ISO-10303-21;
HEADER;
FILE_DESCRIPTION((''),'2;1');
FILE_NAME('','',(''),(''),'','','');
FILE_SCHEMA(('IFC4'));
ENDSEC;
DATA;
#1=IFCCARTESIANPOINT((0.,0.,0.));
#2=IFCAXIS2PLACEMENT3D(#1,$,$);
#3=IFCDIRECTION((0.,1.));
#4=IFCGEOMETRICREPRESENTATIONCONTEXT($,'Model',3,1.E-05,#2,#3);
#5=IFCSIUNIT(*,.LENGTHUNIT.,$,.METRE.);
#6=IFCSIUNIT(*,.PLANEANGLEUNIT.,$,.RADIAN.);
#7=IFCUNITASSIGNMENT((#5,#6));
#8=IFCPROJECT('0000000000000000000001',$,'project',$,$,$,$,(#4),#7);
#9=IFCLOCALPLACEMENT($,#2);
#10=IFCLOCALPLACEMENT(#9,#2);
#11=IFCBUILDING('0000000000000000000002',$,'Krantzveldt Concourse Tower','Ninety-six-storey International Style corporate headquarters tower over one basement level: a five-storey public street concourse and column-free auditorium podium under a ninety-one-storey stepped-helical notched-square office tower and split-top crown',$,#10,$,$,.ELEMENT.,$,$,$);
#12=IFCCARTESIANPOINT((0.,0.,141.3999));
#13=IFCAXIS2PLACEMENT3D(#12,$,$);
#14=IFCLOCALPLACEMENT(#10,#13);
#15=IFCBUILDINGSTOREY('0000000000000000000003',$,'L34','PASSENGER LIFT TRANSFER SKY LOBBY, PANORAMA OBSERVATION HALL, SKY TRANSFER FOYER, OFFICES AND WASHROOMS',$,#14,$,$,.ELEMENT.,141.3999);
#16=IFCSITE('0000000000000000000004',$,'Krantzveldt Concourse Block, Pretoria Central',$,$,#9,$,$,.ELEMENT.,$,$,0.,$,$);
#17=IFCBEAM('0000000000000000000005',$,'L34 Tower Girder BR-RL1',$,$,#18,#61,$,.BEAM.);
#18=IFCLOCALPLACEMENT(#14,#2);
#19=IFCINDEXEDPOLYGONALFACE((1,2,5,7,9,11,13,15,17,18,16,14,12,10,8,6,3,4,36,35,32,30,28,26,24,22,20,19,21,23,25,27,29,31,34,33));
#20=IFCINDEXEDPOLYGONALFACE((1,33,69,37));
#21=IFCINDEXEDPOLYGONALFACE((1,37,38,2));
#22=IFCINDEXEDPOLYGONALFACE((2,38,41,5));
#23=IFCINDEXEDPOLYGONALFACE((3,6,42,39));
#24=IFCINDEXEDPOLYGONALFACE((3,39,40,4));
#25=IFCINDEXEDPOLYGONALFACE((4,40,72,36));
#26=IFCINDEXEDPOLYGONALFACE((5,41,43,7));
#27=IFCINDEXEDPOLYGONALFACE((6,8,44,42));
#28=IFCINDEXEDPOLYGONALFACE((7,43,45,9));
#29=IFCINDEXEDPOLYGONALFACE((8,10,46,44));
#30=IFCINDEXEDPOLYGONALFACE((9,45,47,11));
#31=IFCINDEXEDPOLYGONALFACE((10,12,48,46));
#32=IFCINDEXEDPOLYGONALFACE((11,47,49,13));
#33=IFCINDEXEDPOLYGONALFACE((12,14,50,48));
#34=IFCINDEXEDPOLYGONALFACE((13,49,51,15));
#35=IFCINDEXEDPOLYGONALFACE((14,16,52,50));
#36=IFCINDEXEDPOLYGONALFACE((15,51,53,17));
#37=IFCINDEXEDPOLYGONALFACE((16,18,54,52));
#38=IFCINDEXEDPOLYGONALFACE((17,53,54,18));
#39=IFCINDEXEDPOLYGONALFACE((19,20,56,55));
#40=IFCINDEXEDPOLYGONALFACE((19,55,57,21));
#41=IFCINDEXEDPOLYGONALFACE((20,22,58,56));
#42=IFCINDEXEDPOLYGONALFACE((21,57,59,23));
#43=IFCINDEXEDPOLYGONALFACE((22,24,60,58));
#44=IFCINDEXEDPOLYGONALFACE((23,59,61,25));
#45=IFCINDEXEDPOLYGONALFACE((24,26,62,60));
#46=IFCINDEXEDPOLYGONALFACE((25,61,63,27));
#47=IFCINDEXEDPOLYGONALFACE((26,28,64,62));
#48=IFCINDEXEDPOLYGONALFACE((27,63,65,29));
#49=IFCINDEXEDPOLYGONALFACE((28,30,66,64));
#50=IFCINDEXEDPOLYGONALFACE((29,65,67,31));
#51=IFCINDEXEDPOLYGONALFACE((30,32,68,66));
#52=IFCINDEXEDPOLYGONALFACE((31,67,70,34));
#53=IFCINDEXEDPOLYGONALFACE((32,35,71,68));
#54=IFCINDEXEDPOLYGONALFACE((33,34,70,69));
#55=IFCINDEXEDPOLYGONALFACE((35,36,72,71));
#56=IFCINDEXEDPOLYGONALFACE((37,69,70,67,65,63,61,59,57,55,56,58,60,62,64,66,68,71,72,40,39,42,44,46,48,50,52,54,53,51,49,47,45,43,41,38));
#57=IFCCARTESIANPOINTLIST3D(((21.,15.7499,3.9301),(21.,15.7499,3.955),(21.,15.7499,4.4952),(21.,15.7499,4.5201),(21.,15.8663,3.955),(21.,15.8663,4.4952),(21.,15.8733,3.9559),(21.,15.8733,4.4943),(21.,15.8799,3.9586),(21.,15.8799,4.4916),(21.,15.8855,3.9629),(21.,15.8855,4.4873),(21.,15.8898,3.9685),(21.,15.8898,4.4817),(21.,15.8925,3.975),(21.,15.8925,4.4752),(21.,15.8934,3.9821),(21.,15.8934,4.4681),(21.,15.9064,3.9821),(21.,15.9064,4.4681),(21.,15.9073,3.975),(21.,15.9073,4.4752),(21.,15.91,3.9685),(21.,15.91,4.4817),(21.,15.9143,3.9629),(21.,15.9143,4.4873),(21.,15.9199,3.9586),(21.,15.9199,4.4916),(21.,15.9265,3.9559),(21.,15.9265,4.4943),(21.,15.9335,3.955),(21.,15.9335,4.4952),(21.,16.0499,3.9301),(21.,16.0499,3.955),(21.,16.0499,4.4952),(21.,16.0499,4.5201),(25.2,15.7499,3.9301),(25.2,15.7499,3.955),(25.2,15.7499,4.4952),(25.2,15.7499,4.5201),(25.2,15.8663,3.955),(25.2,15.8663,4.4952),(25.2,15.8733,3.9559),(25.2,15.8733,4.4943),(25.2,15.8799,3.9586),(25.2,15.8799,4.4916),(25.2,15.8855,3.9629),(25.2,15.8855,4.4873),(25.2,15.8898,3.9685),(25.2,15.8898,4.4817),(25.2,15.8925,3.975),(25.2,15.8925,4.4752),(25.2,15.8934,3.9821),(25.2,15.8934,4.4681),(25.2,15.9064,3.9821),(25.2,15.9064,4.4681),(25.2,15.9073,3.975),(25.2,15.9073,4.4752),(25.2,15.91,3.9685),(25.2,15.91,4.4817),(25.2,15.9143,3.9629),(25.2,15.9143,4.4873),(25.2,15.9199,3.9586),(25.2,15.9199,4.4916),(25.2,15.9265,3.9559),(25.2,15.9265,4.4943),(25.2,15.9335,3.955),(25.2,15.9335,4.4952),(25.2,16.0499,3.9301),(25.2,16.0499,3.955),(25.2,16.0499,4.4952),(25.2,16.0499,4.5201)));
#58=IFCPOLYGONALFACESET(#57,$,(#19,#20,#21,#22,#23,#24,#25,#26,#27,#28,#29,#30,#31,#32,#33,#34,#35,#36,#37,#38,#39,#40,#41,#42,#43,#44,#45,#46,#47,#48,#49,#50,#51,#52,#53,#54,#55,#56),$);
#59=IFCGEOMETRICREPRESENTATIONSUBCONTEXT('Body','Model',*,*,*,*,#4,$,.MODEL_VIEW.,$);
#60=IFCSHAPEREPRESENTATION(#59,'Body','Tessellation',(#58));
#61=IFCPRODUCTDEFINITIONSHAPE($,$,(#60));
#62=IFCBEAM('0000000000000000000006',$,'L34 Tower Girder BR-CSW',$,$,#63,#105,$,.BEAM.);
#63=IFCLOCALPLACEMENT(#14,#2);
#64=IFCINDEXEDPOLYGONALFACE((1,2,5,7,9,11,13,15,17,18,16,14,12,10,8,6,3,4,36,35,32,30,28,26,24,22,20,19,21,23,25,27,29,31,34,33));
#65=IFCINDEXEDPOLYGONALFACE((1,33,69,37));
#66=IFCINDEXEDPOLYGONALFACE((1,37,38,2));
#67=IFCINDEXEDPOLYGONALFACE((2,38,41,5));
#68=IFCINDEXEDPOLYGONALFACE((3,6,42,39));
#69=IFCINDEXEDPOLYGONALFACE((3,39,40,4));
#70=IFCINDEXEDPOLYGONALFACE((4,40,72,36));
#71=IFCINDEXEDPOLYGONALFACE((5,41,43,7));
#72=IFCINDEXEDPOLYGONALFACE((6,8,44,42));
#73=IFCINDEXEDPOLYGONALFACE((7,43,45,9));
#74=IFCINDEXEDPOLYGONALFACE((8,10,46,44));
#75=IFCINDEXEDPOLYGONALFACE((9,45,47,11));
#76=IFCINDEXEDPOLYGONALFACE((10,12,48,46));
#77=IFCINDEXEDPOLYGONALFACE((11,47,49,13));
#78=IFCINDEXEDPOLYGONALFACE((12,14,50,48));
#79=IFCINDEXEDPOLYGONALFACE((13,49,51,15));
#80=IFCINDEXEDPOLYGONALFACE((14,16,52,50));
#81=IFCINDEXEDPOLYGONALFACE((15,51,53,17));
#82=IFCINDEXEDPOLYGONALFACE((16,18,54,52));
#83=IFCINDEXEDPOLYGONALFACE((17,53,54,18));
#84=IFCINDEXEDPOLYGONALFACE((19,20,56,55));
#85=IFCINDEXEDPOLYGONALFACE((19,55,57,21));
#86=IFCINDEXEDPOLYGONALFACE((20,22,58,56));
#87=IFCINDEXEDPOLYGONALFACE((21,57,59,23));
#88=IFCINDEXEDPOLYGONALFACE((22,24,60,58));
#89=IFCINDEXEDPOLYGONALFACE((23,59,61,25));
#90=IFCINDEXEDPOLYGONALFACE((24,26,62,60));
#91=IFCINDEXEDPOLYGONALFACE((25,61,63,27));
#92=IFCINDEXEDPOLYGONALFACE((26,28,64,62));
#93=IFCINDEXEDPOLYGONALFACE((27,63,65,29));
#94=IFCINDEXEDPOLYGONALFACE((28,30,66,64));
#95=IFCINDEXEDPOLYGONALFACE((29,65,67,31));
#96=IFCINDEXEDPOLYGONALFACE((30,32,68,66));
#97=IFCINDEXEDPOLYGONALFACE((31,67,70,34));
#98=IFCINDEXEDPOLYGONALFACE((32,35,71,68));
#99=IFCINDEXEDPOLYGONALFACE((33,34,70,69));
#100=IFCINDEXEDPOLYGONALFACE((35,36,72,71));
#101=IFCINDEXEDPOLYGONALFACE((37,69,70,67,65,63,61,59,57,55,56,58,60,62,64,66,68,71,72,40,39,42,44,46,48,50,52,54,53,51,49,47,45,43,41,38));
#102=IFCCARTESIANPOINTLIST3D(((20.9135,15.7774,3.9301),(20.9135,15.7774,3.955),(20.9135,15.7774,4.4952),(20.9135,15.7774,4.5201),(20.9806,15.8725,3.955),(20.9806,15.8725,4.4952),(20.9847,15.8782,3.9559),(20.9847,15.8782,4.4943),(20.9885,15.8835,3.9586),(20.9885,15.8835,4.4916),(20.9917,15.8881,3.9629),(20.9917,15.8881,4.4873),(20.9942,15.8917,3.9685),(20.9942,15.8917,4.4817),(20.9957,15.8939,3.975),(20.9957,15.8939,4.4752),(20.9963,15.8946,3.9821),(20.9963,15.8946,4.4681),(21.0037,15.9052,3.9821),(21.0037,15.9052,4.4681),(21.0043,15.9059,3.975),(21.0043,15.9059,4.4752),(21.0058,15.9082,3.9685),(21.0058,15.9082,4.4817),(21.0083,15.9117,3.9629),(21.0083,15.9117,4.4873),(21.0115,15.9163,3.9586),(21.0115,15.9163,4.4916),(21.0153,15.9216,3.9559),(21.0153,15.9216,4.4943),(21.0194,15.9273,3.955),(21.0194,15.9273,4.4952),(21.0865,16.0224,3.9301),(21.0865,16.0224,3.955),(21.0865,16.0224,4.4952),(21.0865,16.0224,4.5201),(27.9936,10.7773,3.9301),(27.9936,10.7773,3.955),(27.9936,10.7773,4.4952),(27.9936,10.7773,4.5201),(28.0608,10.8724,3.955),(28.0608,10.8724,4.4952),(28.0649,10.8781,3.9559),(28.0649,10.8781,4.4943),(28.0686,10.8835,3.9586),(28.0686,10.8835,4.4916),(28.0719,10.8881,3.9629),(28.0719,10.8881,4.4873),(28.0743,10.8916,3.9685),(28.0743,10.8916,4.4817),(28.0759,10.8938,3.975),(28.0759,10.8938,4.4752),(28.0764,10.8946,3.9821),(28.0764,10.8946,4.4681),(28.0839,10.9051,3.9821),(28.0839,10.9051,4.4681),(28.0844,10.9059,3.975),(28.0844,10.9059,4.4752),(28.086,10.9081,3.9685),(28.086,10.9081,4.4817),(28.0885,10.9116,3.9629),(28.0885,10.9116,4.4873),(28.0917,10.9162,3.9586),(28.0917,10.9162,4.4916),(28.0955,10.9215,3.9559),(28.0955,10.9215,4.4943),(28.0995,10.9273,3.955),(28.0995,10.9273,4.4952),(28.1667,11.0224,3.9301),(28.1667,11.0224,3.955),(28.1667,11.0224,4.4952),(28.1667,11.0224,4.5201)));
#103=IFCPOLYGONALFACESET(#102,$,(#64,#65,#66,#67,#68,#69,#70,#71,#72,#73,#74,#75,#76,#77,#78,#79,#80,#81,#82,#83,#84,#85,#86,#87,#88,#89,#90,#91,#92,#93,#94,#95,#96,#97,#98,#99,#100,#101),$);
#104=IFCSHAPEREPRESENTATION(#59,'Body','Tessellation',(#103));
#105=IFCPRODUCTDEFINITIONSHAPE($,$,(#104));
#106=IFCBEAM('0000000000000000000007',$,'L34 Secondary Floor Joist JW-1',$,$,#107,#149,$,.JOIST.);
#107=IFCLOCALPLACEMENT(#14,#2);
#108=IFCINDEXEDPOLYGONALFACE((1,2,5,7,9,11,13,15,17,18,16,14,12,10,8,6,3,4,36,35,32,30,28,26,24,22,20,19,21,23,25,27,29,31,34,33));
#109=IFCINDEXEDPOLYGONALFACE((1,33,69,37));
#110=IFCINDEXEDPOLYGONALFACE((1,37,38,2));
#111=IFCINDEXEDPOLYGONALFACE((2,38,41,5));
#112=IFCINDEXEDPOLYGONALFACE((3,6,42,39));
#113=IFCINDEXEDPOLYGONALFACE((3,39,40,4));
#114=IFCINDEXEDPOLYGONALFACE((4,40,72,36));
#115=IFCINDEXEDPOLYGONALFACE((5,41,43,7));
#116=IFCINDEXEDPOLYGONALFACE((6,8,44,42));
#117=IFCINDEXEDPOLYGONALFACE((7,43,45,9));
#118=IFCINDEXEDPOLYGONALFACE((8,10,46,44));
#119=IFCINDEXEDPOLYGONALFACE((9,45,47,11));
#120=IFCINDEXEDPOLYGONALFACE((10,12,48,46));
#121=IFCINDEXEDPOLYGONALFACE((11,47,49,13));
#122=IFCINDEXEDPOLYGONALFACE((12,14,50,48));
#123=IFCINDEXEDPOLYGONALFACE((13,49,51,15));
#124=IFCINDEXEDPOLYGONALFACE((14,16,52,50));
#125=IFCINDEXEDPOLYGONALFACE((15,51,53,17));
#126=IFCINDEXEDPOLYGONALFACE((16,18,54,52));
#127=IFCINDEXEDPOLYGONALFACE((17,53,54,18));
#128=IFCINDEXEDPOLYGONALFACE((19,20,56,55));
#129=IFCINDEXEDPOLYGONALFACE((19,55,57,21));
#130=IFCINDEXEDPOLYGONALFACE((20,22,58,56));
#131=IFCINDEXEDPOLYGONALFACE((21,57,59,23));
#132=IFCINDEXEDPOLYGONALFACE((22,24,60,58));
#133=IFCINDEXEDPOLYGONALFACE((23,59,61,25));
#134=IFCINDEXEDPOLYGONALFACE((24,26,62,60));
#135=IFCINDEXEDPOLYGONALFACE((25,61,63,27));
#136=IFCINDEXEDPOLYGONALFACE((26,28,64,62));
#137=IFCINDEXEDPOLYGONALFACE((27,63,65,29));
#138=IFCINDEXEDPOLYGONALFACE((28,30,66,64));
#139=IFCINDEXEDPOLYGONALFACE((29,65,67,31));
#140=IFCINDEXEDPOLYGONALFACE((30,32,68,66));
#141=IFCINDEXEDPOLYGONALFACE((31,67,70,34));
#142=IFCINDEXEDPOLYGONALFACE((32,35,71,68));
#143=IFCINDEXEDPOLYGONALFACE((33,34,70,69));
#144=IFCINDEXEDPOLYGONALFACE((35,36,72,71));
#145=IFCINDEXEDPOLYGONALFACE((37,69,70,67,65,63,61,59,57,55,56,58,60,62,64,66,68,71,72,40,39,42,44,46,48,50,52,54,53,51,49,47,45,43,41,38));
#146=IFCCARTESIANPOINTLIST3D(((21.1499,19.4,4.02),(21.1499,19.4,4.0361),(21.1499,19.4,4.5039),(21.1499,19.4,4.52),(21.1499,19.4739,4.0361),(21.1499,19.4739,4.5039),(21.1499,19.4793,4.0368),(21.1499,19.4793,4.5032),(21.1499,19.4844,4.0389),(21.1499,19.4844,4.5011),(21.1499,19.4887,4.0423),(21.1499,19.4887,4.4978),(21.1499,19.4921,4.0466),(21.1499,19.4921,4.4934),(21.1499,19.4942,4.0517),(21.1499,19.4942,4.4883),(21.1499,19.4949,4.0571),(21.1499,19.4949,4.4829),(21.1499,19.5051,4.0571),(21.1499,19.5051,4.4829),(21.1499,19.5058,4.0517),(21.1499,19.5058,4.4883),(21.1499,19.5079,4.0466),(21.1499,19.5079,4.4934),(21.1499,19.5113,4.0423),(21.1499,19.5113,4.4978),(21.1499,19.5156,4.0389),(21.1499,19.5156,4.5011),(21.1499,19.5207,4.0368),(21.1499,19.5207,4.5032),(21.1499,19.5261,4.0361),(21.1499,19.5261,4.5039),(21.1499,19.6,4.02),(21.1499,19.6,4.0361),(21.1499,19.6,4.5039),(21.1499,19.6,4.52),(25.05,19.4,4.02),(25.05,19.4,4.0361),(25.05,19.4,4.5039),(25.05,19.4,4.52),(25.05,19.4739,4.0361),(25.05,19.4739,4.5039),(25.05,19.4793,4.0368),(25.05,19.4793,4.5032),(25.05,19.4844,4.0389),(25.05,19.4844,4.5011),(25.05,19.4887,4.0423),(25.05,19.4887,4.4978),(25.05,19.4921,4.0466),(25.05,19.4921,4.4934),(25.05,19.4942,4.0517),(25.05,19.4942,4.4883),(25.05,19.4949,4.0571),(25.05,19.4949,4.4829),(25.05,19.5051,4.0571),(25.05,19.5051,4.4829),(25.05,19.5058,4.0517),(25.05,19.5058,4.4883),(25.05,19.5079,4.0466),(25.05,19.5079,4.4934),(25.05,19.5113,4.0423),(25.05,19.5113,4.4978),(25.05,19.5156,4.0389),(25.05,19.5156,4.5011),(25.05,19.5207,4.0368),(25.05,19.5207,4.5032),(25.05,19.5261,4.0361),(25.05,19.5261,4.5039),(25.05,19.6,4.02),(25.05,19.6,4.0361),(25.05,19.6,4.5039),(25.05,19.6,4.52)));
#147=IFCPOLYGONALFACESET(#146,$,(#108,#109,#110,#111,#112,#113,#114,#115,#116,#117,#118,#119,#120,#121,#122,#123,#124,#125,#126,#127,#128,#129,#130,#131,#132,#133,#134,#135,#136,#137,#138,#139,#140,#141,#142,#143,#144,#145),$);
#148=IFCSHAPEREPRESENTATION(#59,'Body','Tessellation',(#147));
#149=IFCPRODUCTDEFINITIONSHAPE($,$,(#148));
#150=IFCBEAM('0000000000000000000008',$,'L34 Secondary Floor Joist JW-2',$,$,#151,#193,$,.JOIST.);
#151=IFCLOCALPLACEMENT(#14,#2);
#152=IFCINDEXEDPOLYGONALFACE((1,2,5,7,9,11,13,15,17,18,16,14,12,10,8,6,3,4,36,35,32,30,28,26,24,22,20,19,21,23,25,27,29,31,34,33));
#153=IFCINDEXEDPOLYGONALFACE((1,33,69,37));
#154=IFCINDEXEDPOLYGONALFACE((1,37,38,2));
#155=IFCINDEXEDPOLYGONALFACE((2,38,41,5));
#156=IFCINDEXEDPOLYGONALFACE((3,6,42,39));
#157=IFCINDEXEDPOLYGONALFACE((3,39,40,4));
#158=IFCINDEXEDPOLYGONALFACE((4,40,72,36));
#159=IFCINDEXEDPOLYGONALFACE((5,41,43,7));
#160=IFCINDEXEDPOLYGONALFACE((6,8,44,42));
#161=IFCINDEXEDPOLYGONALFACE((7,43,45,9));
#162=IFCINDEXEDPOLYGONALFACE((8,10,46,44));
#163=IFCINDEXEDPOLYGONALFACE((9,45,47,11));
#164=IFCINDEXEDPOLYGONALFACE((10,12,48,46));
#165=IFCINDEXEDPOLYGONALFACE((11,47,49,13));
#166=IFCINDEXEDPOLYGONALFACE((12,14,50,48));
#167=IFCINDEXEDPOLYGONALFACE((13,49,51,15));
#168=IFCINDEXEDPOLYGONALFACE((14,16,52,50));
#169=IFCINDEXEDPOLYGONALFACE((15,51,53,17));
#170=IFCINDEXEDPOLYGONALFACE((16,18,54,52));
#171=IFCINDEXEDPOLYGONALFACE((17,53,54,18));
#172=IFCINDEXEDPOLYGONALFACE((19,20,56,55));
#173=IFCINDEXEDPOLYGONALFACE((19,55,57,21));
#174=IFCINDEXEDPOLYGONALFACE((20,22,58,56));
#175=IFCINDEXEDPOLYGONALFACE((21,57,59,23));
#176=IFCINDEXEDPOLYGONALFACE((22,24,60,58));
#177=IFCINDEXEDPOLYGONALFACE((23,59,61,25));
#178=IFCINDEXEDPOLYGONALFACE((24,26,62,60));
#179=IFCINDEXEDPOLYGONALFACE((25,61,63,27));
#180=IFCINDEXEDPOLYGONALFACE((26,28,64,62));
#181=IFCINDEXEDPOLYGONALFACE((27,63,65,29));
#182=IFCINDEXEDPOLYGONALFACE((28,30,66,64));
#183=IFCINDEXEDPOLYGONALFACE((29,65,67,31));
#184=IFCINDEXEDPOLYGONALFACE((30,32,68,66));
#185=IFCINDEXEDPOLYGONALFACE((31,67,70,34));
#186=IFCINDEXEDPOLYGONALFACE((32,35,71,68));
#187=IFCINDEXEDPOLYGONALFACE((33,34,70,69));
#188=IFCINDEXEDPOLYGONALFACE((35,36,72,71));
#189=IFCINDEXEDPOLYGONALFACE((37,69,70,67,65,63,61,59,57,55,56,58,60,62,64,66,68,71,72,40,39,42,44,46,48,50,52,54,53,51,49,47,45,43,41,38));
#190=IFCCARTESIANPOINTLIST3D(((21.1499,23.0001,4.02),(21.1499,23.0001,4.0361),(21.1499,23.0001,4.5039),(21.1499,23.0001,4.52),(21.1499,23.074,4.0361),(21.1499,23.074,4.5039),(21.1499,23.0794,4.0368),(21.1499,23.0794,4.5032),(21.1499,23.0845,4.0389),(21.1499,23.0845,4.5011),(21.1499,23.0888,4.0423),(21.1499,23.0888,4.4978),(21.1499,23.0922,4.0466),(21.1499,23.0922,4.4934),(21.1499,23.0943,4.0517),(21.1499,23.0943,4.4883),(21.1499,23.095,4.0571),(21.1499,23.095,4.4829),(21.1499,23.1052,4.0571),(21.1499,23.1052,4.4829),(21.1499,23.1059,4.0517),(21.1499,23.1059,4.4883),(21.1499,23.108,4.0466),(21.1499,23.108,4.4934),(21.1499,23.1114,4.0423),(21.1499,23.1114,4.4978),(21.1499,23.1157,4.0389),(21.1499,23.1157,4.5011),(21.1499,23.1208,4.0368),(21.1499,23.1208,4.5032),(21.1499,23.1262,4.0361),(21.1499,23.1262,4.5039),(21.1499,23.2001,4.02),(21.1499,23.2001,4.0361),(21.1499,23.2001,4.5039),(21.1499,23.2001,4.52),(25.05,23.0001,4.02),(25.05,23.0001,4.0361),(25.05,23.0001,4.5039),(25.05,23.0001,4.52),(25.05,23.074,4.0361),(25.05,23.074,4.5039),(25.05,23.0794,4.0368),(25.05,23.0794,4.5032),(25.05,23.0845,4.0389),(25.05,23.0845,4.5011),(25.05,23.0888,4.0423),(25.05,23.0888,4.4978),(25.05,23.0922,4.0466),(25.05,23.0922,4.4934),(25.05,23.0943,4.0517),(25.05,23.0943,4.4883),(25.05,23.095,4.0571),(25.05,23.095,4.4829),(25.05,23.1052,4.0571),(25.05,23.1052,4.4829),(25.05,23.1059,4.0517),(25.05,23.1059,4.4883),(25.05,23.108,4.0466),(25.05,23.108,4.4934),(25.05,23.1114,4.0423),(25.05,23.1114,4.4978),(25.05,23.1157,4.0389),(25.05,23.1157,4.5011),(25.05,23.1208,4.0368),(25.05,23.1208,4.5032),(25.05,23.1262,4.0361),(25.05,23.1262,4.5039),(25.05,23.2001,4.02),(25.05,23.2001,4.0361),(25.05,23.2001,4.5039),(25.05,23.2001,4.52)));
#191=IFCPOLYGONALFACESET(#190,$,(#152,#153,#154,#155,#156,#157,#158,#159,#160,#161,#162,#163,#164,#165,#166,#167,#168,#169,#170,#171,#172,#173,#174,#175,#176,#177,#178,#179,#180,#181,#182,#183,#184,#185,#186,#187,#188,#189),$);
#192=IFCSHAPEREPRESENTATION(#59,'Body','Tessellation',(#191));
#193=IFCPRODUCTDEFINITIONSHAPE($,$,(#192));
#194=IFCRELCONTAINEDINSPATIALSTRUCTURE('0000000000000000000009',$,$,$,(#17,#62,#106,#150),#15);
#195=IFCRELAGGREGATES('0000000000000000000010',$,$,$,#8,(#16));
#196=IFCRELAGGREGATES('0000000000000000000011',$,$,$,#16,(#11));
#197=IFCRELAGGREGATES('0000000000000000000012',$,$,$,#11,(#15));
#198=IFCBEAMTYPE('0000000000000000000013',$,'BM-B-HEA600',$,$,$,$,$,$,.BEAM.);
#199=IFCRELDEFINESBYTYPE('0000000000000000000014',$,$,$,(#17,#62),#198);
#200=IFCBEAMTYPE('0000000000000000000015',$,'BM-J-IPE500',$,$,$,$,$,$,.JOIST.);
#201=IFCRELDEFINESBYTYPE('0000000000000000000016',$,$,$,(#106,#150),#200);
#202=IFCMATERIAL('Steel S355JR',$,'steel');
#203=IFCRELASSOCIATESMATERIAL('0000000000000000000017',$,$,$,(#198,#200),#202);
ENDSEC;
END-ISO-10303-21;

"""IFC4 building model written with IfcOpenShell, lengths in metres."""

from ifc_helpers import new_model, si_unit, direction, frame, origin, origin_2d, place, context, subcontext, project, spatial, i_section, extrude, source, transform, mapped, material, material_profile, profile_set, type_object, type_shapes, element, save


model = new_model("IFC4")

# Units and contexts
model_context = context("Model", 3, precision=1e-05, world=origin(), true_north=direction((0.0, 1.0)))
body_context = subcontext(model_context, "Body", "Model", "MODEL_VIEW")
ifc_project = project(units=[si_unit("LENGTHUNIT", "METRE"), si_unit("PLANEANGLEUNIT", "RADIAN")], contexts=[model_context])

# Site, building, storey
site_placement = place(None, origin())
site = spatial("IfcSite", under=ifc_project, at=site_placement, Name="Krantzveldt Concourse Block, Pretoria Central", CompositionType="ELEMENT", RefElevation=0.0)
building_placement = place(site_placement, origin())
building = spatial("IfcBuilding", under=site, at=building_placement, Name="Krantzveldt Concourse Tower", Description="Ninety-six-storey International Style corporate headquarters tower over one basement level: a five-storey public street concourse and column-free auditorium podium under a ninety-one-storey stepped-helical notched-square office tower and split-top crown", CompositionType="ELEMENT")
storey_placement = place(building_placement, frame((0.0, 0.0, 141.3999)))
storey = spatial("IfcBuildingStorey", under=building, at=storey_placement, Name="L34", Description="PASSENGER LIFT TRANSFER SKY LOBBY, PANORAMA OBSERVATION HALL, SKY TRANSFER FOYER, OFFICES AND WASHROOMS", CompositionType="ELEMENT", Elevation=141.3999)

# Beams
ifc_material_1 = material(Name="Steel S355JR", Category="steel")
ifc_material_profile_1 = material_profile(ifc_material_1, i_section(OverallWidth=0.3, OverallDepth=0.5901, WebThickness=0.0129, FlangeThickness=0.0249, FilletRadius=0.0271, at=origin_2d()), Name="Steel S355JR", Category="steel")
ifc_profile_set_1 = profile_set([ifc_material_profile_1], Name="Steel S355JR - HEA 600")
beam_type_1 = type_object("IfcBeamType", Name="BM-B-HEA600", PredefinedType="BEAM", material=ifc_profile_set_1)
shared_shape_1 = source(origin(), body_context, "Body", "SweptSolid", [
    extrude(i_section(OverallWidth=0.3, OverallDepth=0.5901, WebThickness=0.0129, FlangeThickness=0.0249, FilletRadius=0.0271, at=origin_2d()), origin(), (0.0, 0.0, 1.0), 4.2),
])
beam_1_placement = place(storey_placement, frame((21.0, 15.8999, 4.2251), z_axis=(1.0, 0.0, 0.0), x_axis=(0.0, 1.0, 0.0)))
element("IfcBeam", 1, at=beam_1_placement, inside=storey, type_object=beam_type_1, Name="L34 Tower Girder BR-RL1", PredefinedType="BEAM", context=body_context, shape_type="MappedRepresentation", body=[
    mapped(shared_shape_1, transform((0.0, 0.0, 0.0), x_axis=(1.0, 0.0, 0.0), y_axis=(0.0, 1.0, 0.0), z_axis=(0.0, 0.0, 1.0), scale=1.0)),
])
shared_shape_2 = source(origin(), body_context, "Body", "SweptSolid", [
    extrude(i_section(OverallWidth=0.3, OverallDepth=0.5901, WebThickness=0.0129, FlangeThickness=0.0249, FilletRadius=0.0271, at=origin_2d()), origin(), (0.0, 0.0, 1.0), 8.6677),
])
type_shapes(beam_type_1, [shared_shape_1, shared_shape_2])
beam_2_placement = place(storey_placement, frame((21.0, 15.8999, 4.2251), z_axis=(0.816843, -0.57686, 0.0), x_axis=(0.57686, 0.816843, 0.0)))
element("IfcBeam", 2, at=beam_2_placement, inside=storey, type_object=beam_type_1, Name="L34 Tower Girder BR-CSW", PredefinedType="BEAM", context=body_context, shape_type="MappedRepresentation", body=[
    mapped(shared_shape_2, transform((0.0, 0.0, 0.0), x_axis=(1.0, 0.0, 0.0), y_axis=(0.0, 1.0, 0.0), z_axis=(0.0, 0.0, 1.0), scale=1.0)),
])
ifc_material_profile_2 = material_profile(ifc_material_1, i_section(OverallWidth=0.2, OverallDepth=0.5, WebThickness=0.0103, FlangeThickness=0.0161, FilletRadius=0.021, at=origin_2d()), Name="Steel S355JR", Category="steel")
ifc_profile_set_2 = profile_set([ifc_material_profile_2], Name="Steel S355JR - IPE 500")
beam_type_2 = type_object("IfcBeamType", Name="BM-J-IPE500", PredefinedType="JOIST", material=ifc_profile_set_2)
shared_shape_3 = source(origin(), body_context, "Body", "SweptSolid", [
    extrude(i_section(OverallWidth=0.2, OverallDepth=0.5, WebThickness=0.0103, FlangeThickness=0.0161, FilletRadius=0.021, at=origin_2d()), origin(), (0.0, 0.0, 1.0), 3.9001),
])
type_shapes(beam_type_2, [shared_shape_3])
for number, where, z_axis, x_axis, name in (
    (3, (21.1499, 19.5, 4.27), (1.0, 0.0, 0.0), (0.0, 1.0, 0.0), "L34 Secondary Floor Joist JW-1"),
    (4, (21.1499, 23.1001, 4.27), (1.0, 0.0, 0.0), (0.0, 1.0, 0.0), "L34 Secondary Floor Joist JW-2"),
):
    element("IfcBeam", number, at=place(storey_placement, frame(where, z_axis=z_axis, x_axis=x_axis)), inside=storey, type_object=beam_type_2, Name=name, PredefinedType="JOIST", context=body_context, shape_type="MappedRepresentation", body=[
        mapped(shared_shape_3, transform((0.0, 0.0, 0.0), x_axis=(1.0, 0.0, 0.0), y_axis=(0.0, 1.0, 0.0), z_axis=(0.0, 0.0, 1.0), scale=1.0)),
    ])

save(model, "model.ifc")
